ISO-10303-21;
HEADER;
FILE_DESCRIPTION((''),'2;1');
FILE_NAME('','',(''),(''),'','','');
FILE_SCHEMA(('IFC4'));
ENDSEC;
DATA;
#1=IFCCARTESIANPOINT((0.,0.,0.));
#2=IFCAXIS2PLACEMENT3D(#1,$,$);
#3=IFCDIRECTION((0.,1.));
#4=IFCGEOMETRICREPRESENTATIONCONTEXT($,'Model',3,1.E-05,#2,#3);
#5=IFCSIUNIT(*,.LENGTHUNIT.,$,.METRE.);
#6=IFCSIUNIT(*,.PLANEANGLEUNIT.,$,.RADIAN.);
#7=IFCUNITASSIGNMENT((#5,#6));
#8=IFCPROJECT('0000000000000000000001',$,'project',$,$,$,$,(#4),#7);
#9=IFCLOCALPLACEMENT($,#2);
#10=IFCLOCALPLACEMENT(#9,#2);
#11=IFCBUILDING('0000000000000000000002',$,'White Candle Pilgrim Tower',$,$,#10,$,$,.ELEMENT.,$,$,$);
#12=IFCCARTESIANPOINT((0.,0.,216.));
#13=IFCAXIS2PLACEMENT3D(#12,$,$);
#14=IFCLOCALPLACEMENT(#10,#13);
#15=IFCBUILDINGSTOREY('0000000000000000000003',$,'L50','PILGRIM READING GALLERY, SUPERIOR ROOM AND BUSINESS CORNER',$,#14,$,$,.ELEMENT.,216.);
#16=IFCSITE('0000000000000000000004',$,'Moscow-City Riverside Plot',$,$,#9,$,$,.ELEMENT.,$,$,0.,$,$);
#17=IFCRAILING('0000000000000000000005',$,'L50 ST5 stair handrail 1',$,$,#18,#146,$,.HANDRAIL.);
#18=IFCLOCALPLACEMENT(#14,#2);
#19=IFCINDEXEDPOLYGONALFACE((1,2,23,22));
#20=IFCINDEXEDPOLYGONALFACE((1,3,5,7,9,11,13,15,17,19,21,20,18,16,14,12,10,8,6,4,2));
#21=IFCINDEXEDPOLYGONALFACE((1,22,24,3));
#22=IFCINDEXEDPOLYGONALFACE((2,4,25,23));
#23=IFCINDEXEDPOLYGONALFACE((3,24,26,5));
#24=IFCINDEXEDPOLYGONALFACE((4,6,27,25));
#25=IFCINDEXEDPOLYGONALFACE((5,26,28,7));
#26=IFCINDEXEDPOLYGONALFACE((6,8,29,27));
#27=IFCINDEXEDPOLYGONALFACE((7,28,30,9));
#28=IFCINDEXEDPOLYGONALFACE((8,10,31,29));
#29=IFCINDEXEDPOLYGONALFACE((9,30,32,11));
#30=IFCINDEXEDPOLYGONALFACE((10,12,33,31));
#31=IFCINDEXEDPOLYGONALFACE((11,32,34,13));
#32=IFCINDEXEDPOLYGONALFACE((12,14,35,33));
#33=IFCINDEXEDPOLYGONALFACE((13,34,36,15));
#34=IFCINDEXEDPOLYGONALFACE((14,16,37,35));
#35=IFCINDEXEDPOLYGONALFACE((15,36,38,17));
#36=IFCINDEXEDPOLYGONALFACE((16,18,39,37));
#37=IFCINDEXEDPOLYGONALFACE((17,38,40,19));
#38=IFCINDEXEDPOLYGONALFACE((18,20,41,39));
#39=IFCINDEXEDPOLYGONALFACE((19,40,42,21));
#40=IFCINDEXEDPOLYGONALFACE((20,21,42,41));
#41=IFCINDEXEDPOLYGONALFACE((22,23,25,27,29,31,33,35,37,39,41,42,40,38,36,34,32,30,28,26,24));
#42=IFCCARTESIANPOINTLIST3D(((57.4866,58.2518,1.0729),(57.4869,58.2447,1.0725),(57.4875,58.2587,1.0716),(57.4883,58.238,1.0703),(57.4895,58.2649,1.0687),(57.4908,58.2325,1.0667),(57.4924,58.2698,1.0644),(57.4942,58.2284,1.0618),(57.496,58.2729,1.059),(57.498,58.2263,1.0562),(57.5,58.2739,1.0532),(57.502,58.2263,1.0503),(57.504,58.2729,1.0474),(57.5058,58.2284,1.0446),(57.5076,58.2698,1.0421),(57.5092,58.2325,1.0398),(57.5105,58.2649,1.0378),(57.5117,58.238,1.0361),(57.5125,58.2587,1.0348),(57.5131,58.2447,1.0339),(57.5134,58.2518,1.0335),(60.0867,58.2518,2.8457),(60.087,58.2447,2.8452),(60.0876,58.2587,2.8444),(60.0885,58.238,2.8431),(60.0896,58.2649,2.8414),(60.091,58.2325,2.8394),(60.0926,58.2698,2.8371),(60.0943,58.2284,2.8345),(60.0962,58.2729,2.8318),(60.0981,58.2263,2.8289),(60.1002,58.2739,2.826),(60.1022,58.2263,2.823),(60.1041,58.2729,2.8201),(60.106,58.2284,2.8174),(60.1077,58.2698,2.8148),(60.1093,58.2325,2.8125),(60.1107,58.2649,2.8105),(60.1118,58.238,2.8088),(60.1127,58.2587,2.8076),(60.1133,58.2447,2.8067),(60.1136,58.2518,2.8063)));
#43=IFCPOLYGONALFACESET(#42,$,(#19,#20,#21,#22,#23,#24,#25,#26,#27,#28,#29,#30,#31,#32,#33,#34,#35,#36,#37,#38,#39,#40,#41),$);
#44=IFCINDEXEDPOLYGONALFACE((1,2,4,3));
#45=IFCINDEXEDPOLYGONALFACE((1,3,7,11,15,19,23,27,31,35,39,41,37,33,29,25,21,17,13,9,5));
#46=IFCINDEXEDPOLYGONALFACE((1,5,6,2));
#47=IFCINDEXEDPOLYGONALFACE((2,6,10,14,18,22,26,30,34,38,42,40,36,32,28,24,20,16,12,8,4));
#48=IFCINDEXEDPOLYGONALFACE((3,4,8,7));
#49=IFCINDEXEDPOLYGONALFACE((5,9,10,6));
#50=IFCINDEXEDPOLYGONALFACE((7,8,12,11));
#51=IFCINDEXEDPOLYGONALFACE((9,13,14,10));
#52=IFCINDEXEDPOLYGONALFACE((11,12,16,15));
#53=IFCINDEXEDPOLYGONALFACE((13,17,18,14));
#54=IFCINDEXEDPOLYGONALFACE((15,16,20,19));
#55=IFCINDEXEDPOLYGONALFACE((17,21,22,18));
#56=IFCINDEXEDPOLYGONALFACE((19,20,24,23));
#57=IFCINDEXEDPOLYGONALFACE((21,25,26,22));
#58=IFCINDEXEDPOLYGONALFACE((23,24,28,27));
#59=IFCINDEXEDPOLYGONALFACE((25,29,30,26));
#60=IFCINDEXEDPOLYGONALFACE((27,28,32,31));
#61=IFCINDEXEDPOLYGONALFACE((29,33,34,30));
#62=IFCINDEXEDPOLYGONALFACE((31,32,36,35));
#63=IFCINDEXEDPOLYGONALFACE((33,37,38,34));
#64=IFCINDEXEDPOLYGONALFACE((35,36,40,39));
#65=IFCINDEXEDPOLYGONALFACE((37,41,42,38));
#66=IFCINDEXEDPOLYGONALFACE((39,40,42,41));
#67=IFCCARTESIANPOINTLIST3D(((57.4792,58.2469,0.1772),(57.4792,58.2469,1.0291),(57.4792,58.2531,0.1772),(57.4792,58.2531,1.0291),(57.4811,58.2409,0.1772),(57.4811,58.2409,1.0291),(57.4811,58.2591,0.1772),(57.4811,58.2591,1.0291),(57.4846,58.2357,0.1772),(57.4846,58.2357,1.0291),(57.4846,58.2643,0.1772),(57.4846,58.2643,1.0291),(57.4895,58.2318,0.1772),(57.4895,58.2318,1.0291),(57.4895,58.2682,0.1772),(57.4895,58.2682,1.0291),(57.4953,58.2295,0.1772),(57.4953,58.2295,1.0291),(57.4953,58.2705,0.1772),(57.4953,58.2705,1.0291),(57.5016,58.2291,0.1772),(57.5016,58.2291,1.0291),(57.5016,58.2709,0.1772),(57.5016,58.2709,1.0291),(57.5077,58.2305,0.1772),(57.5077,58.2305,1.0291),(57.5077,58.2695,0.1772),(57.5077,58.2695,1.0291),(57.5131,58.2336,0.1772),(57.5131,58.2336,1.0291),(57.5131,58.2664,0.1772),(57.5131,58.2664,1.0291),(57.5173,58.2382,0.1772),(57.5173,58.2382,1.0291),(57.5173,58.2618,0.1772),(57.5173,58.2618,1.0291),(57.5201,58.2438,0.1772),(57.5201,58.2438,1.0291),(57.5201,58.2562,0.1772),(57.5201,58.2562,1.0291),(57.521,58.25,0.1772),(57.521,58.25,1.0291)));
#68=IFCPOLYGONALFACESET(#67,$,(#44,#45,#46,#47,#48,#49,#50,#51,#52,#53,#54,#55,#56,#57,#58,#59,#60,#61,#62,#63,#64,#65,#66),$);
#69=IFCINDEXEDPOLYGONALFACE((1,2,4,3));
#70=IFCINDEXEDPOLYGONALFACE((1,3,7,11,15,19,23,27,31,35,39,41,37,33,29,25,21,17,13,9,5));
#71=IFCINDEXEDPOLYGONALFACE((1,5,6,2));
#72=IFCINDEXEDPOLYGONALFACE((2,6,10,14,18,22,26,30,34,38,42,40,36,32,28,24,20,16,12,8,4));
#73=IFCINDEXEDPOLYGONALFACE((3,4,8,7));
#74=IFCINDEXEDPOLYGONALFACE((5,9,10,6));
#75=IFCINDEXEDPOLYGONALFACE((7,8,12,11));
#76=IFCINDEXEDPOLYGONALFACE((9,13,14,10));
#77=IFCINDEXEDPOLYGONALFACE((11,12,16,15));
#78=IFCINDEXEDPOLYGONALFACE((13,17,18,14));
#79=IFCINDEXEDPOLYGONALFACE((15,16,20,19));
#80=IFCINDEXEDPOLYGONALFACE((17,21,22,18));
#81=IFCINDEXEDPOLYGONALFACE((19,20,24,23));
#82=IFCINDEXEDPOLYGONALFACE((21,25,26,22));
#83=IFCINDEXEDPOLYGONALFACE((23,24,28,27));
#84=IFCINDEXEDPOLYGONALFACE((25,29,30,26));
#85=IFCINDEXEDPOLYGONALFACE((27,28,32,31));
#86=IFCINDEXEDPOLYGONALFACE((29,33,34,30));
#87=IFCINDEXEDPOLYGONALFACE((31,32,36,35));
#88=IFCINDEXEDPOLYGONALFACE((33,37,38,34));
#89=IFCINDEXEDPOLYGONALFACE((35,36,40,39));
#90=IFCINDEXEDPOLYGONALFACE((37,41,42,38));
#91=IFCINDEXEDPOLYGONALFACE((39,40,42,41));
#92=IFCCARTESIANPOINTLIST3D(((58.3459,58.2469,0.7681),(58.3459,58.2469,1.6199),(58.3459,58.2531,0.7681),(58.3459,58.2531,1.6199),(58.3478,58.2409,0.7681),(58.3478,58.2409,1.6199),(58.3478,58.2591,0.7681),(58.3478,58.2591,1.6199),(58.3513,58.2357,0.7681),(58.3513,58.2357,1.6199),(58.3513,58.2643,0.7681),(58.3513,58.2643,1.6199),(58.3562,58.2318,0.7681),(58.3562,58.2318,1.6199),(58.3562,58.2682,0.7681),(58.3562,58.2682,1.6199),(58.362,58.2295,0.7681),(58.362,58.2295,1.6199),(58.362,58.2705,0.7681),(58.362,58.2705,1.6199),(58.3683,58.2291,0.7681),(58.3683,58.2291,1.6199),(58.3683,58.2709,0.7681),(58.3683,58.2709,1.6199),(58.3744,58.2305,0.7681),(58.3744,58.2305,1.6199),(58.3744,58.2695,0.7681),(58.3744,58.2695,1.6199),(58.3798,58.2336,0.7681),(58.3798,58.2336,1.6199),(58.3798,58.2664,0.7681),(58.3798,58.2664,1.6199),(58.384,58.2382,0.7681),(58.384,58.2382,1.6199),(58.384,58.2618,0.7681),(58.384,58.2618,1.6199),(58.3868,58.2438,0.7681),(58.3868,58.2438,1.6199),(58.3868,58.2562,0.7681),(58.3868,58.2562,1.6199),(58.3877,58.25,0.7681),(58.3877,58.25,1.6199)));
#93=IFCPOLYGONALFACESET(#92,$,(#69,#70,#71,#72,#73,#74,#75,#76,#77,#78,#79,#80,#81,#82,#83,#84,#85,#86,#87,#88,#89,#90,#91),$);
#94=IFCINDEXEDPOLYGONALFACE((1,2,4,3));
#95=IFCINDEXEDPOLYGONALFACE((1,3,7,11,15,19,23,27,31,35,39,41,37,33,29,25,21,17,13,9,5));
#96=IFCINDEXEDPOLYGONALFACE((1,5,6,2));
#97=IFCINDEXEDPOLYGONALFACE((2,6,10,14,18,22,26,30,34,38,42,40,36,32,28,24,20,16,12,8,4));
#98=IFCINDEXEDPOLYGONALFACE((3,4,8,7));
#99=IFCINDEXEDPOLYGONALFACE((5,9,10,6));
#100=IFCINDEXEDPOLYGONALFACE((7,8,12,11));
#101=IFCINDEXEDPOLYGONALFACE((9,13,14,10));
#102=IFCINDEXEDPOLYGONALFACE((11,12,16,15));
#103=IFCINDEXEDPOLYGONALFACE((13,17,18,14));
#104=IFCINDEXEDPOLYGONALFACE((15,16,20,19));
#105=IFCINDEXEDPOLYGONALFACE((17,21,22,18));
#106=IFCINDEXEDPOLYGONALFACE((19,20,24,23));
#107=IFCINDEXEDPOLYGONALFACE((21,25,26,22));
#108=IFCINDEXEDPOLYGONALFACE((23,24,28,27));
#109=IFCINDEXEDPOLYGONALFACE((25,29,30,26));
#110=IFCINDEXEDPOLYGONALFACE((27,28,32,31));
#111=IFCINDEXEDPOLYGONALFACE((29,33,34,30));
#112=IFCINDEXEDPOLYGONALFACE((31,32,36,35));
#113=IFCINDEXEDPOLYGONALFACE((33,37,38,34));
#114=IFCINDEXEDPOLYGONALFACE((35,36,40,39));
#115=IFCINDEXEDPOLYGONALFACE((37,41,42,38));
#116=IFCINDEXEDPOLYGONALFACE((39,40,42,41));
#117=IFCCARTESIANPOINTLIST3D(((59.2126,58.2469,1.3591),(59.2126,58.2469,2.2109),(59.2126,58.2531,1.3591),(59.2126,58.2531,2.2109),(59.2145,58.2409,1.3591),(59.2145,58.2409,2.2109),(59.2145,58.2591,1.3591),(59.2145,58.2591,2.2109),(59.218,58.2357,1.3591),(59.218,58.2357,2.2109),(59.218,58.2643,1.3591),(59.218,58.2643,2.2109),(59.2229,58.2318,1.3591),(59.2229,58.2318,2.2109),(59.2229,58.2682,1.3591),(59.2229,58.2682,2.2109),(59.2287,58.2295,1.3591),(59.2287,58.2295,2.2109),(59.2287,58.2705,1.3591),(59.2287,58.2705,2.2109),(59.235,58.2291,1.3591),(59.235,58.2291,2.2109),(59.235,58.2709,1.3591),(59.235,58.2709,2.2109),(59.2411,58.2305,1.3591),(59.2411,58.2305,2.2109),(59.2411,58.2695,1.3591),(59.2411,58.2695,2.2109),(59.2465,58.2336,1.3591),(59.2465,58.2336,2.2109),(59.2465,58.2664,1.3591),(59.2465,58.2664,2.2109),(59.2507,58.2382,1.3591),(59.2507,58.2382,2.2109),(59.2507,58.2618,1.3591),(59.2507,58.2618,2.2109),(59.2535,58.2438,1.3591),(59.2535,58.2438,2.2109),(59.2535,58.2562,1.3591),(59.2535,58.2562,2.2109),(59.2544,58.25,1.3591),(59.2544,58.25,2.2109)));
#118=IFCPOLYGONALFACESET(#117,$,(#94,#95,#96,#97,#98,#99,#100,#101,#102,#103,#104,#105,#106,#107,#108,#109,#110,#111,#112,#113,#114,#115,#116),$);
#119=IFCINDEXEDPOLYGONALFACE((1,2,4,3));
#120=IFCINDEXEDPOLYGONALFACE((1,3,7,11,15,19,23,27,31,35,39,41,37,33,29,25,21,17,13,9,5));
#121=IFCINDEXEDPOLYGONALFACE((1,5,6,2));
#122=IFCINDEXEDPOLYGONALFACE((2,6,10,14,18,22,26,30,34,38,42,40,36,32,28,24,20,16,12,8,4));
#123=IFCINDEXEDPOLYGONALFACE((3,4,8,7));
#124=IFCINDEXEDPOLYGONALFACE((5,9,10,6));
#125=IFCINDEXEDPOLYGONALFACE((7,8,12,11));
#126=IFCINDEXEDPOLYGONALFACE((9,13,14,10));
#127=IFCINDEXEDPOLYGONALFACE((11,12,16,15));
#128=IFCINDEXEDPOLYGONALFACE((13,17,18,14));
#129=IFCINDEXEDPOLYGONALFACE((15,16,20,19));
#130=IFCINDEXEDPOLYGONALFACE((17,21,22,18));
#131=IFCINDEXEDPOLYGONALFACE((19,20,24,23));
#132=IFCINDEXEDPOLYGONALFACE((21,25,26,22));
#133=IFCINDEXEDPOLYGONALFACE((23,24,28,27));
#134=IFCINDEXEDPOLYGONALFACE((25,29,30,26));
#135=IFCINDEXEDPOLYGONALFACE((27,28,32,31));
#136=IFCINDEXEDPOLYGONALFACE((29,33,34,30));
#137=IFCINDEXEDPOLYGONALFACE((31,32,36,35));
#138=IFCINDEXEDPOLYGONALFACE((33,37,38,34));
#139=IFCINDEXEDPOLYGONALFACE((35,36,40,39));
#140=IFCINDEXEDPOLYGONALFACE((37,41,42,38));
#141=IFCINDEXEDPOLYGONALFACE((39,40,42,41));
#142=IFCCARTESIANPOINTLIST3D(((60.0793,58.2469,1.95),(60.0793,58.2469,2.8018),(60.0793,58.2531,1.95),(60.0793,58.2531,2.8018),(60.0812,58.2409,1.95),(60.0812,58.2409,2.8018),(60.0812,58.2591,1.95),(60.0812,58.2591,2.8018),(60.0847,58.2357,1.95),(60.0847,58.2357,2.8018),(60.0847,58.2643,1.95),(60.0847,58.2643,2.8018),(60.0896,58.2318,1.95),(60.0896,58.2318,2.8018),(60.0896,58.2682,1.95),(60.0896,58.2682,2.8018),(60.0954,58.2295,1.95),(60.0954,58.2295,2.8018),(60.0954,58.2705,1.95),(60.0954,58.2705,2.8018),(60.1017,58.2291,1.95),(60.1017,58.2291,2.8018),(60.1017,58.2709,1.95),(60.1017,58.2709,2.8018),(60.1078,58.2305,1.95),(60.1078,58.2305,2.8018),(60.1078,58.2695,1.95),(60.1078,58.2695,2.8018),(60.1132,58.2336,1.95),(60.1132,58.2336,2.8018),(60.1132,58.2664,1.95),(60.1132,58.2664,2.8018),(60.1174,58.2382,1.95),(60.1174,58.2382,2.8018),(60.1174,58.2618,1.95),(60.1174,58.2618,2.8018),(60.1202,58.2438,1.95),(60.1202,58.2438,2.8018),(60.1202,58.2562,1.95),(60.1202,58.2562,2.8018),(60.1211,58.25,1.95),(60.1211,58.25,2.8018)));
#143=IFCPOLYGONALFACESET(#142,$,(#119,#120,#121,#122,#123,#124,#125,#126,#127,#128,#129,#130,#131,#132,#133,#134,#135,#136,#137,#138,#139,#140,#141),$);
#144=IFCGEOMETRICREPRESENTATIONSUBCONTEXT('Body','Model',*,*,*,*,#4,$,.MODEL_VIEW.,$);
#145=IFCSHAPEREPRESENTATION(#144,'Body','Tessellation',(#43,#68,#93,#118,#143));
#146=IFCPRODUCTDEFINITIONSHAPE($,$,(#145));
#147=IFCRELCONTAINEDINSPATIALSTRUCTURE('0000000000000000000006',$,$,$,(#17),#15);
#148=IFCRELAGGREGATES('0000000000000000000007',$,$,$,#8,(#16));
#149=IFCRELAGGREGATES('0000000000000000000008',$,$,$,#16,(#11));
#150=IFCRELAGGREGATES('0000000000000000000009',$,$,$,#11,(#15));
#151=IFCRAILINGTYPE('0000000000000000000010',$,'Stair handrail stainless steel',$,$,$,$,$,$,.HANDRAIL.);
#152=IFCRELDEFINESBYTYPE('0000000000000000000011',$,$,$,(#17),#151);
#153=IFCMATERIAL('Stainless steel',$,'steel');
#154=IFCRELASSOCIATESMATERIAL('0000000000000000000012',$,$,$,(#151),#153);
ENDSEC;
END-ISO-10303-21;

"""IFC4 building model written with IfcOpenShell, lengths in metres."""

from ifc_helpers import new_model, si_unit, direction, frame, origin, origin_2d, place, context, subcontext, project, spatial, circle, extrude, material, type_object, element, save


model = new_model("IFC4")

# Units and contexts
model_context = context("Model", 3, precision=1e-05, world=origin(), true_north=direction((0.0, 1.0)))
body_context = subcontext(model_context, "Body", "Model", "MODEL_VIEW")
ifc_project = project(units=[si_unit("LENGTHUNIT", "METRE"), si_unit("PLANEANGLEUNIT", "RADIAN")], contexts=[model_context])

# Site, building, storey
site_placement = place(None, origin())
site = spatial("IfcSite", under=ifc_project, at=site_placement, Name="Moscow-City Riverside Plot", CompositionType="ELEMENT", RefElevation=0.0)
building_placement = place(site_placement, origin())
building = spatial("IfcBuilding", under=site, at=building_placement, Name="White Candle Pilgrim Tower", CompositionType="ELEMENT")
storey_placement = place(building_placement, frame((0.0, 0.0, 216.0)))
storey = spatial("IfcBuildingStorey", under=building, at=storey_placement, Name="L50", Description="PILGRIM READING GALLERY, SUPERIOR ROOM AND BUSINESS CORNER", CompositionType="ELEMENT", Elevation=216.0)

# Railing
ifc_material_1 = material(Name="Stainless steel", Category="steel")
railing_type_1 = type_object("IfcRailingType", Name="Stair handrail stainless steel", PredefinedType="HANDRAIL", material=ifc_material_1)
railing_1_placement = place(storey_placement, frame((57.5, 58.25, 0.1772)))
element("IfcRailing", 1, at=railing_1_placement, inside=storey, type_object=railing_type_1, Name="L50 ST5 stair handrail 1", PredefinedType="HANDRAIL", context=body_context, shape_type="SweptSolid", body=[
    extrude(circle(Radius=0.0239, at=origin_2d()), frame((0.0, 0.0, 0.876), z_axis=(0.82624, 0.0, 0.563318), x_axis=(0.0, 1.0, 0.0)), (0.0, 0.0, 1.0), 3.147),
    extrude(circle(Radius=0.021, at=origin_2d()), origin(), (0.0, 0.0, 1.0), 0.8518),
    extrude(circle(Radius=0.021, at=origin_2d()), frame((0.8667, 0.0, 0.5908)), (0.0, 0.0, 1.0), 0.8518),
    extrude(circle(Radius=0.021, at=origin_2d()), frame((1.7334, 0.0, 1.1819)), (0.0, 0.0, 1.0), 0.8518),
    extrude(circle(Radius=0.021, at=origin_2d()), frame((2.6001, 0.0, 1.7727)), (0.0, 0.0, 1.0), 0.8518),
])

save(model, "model.ifc")
